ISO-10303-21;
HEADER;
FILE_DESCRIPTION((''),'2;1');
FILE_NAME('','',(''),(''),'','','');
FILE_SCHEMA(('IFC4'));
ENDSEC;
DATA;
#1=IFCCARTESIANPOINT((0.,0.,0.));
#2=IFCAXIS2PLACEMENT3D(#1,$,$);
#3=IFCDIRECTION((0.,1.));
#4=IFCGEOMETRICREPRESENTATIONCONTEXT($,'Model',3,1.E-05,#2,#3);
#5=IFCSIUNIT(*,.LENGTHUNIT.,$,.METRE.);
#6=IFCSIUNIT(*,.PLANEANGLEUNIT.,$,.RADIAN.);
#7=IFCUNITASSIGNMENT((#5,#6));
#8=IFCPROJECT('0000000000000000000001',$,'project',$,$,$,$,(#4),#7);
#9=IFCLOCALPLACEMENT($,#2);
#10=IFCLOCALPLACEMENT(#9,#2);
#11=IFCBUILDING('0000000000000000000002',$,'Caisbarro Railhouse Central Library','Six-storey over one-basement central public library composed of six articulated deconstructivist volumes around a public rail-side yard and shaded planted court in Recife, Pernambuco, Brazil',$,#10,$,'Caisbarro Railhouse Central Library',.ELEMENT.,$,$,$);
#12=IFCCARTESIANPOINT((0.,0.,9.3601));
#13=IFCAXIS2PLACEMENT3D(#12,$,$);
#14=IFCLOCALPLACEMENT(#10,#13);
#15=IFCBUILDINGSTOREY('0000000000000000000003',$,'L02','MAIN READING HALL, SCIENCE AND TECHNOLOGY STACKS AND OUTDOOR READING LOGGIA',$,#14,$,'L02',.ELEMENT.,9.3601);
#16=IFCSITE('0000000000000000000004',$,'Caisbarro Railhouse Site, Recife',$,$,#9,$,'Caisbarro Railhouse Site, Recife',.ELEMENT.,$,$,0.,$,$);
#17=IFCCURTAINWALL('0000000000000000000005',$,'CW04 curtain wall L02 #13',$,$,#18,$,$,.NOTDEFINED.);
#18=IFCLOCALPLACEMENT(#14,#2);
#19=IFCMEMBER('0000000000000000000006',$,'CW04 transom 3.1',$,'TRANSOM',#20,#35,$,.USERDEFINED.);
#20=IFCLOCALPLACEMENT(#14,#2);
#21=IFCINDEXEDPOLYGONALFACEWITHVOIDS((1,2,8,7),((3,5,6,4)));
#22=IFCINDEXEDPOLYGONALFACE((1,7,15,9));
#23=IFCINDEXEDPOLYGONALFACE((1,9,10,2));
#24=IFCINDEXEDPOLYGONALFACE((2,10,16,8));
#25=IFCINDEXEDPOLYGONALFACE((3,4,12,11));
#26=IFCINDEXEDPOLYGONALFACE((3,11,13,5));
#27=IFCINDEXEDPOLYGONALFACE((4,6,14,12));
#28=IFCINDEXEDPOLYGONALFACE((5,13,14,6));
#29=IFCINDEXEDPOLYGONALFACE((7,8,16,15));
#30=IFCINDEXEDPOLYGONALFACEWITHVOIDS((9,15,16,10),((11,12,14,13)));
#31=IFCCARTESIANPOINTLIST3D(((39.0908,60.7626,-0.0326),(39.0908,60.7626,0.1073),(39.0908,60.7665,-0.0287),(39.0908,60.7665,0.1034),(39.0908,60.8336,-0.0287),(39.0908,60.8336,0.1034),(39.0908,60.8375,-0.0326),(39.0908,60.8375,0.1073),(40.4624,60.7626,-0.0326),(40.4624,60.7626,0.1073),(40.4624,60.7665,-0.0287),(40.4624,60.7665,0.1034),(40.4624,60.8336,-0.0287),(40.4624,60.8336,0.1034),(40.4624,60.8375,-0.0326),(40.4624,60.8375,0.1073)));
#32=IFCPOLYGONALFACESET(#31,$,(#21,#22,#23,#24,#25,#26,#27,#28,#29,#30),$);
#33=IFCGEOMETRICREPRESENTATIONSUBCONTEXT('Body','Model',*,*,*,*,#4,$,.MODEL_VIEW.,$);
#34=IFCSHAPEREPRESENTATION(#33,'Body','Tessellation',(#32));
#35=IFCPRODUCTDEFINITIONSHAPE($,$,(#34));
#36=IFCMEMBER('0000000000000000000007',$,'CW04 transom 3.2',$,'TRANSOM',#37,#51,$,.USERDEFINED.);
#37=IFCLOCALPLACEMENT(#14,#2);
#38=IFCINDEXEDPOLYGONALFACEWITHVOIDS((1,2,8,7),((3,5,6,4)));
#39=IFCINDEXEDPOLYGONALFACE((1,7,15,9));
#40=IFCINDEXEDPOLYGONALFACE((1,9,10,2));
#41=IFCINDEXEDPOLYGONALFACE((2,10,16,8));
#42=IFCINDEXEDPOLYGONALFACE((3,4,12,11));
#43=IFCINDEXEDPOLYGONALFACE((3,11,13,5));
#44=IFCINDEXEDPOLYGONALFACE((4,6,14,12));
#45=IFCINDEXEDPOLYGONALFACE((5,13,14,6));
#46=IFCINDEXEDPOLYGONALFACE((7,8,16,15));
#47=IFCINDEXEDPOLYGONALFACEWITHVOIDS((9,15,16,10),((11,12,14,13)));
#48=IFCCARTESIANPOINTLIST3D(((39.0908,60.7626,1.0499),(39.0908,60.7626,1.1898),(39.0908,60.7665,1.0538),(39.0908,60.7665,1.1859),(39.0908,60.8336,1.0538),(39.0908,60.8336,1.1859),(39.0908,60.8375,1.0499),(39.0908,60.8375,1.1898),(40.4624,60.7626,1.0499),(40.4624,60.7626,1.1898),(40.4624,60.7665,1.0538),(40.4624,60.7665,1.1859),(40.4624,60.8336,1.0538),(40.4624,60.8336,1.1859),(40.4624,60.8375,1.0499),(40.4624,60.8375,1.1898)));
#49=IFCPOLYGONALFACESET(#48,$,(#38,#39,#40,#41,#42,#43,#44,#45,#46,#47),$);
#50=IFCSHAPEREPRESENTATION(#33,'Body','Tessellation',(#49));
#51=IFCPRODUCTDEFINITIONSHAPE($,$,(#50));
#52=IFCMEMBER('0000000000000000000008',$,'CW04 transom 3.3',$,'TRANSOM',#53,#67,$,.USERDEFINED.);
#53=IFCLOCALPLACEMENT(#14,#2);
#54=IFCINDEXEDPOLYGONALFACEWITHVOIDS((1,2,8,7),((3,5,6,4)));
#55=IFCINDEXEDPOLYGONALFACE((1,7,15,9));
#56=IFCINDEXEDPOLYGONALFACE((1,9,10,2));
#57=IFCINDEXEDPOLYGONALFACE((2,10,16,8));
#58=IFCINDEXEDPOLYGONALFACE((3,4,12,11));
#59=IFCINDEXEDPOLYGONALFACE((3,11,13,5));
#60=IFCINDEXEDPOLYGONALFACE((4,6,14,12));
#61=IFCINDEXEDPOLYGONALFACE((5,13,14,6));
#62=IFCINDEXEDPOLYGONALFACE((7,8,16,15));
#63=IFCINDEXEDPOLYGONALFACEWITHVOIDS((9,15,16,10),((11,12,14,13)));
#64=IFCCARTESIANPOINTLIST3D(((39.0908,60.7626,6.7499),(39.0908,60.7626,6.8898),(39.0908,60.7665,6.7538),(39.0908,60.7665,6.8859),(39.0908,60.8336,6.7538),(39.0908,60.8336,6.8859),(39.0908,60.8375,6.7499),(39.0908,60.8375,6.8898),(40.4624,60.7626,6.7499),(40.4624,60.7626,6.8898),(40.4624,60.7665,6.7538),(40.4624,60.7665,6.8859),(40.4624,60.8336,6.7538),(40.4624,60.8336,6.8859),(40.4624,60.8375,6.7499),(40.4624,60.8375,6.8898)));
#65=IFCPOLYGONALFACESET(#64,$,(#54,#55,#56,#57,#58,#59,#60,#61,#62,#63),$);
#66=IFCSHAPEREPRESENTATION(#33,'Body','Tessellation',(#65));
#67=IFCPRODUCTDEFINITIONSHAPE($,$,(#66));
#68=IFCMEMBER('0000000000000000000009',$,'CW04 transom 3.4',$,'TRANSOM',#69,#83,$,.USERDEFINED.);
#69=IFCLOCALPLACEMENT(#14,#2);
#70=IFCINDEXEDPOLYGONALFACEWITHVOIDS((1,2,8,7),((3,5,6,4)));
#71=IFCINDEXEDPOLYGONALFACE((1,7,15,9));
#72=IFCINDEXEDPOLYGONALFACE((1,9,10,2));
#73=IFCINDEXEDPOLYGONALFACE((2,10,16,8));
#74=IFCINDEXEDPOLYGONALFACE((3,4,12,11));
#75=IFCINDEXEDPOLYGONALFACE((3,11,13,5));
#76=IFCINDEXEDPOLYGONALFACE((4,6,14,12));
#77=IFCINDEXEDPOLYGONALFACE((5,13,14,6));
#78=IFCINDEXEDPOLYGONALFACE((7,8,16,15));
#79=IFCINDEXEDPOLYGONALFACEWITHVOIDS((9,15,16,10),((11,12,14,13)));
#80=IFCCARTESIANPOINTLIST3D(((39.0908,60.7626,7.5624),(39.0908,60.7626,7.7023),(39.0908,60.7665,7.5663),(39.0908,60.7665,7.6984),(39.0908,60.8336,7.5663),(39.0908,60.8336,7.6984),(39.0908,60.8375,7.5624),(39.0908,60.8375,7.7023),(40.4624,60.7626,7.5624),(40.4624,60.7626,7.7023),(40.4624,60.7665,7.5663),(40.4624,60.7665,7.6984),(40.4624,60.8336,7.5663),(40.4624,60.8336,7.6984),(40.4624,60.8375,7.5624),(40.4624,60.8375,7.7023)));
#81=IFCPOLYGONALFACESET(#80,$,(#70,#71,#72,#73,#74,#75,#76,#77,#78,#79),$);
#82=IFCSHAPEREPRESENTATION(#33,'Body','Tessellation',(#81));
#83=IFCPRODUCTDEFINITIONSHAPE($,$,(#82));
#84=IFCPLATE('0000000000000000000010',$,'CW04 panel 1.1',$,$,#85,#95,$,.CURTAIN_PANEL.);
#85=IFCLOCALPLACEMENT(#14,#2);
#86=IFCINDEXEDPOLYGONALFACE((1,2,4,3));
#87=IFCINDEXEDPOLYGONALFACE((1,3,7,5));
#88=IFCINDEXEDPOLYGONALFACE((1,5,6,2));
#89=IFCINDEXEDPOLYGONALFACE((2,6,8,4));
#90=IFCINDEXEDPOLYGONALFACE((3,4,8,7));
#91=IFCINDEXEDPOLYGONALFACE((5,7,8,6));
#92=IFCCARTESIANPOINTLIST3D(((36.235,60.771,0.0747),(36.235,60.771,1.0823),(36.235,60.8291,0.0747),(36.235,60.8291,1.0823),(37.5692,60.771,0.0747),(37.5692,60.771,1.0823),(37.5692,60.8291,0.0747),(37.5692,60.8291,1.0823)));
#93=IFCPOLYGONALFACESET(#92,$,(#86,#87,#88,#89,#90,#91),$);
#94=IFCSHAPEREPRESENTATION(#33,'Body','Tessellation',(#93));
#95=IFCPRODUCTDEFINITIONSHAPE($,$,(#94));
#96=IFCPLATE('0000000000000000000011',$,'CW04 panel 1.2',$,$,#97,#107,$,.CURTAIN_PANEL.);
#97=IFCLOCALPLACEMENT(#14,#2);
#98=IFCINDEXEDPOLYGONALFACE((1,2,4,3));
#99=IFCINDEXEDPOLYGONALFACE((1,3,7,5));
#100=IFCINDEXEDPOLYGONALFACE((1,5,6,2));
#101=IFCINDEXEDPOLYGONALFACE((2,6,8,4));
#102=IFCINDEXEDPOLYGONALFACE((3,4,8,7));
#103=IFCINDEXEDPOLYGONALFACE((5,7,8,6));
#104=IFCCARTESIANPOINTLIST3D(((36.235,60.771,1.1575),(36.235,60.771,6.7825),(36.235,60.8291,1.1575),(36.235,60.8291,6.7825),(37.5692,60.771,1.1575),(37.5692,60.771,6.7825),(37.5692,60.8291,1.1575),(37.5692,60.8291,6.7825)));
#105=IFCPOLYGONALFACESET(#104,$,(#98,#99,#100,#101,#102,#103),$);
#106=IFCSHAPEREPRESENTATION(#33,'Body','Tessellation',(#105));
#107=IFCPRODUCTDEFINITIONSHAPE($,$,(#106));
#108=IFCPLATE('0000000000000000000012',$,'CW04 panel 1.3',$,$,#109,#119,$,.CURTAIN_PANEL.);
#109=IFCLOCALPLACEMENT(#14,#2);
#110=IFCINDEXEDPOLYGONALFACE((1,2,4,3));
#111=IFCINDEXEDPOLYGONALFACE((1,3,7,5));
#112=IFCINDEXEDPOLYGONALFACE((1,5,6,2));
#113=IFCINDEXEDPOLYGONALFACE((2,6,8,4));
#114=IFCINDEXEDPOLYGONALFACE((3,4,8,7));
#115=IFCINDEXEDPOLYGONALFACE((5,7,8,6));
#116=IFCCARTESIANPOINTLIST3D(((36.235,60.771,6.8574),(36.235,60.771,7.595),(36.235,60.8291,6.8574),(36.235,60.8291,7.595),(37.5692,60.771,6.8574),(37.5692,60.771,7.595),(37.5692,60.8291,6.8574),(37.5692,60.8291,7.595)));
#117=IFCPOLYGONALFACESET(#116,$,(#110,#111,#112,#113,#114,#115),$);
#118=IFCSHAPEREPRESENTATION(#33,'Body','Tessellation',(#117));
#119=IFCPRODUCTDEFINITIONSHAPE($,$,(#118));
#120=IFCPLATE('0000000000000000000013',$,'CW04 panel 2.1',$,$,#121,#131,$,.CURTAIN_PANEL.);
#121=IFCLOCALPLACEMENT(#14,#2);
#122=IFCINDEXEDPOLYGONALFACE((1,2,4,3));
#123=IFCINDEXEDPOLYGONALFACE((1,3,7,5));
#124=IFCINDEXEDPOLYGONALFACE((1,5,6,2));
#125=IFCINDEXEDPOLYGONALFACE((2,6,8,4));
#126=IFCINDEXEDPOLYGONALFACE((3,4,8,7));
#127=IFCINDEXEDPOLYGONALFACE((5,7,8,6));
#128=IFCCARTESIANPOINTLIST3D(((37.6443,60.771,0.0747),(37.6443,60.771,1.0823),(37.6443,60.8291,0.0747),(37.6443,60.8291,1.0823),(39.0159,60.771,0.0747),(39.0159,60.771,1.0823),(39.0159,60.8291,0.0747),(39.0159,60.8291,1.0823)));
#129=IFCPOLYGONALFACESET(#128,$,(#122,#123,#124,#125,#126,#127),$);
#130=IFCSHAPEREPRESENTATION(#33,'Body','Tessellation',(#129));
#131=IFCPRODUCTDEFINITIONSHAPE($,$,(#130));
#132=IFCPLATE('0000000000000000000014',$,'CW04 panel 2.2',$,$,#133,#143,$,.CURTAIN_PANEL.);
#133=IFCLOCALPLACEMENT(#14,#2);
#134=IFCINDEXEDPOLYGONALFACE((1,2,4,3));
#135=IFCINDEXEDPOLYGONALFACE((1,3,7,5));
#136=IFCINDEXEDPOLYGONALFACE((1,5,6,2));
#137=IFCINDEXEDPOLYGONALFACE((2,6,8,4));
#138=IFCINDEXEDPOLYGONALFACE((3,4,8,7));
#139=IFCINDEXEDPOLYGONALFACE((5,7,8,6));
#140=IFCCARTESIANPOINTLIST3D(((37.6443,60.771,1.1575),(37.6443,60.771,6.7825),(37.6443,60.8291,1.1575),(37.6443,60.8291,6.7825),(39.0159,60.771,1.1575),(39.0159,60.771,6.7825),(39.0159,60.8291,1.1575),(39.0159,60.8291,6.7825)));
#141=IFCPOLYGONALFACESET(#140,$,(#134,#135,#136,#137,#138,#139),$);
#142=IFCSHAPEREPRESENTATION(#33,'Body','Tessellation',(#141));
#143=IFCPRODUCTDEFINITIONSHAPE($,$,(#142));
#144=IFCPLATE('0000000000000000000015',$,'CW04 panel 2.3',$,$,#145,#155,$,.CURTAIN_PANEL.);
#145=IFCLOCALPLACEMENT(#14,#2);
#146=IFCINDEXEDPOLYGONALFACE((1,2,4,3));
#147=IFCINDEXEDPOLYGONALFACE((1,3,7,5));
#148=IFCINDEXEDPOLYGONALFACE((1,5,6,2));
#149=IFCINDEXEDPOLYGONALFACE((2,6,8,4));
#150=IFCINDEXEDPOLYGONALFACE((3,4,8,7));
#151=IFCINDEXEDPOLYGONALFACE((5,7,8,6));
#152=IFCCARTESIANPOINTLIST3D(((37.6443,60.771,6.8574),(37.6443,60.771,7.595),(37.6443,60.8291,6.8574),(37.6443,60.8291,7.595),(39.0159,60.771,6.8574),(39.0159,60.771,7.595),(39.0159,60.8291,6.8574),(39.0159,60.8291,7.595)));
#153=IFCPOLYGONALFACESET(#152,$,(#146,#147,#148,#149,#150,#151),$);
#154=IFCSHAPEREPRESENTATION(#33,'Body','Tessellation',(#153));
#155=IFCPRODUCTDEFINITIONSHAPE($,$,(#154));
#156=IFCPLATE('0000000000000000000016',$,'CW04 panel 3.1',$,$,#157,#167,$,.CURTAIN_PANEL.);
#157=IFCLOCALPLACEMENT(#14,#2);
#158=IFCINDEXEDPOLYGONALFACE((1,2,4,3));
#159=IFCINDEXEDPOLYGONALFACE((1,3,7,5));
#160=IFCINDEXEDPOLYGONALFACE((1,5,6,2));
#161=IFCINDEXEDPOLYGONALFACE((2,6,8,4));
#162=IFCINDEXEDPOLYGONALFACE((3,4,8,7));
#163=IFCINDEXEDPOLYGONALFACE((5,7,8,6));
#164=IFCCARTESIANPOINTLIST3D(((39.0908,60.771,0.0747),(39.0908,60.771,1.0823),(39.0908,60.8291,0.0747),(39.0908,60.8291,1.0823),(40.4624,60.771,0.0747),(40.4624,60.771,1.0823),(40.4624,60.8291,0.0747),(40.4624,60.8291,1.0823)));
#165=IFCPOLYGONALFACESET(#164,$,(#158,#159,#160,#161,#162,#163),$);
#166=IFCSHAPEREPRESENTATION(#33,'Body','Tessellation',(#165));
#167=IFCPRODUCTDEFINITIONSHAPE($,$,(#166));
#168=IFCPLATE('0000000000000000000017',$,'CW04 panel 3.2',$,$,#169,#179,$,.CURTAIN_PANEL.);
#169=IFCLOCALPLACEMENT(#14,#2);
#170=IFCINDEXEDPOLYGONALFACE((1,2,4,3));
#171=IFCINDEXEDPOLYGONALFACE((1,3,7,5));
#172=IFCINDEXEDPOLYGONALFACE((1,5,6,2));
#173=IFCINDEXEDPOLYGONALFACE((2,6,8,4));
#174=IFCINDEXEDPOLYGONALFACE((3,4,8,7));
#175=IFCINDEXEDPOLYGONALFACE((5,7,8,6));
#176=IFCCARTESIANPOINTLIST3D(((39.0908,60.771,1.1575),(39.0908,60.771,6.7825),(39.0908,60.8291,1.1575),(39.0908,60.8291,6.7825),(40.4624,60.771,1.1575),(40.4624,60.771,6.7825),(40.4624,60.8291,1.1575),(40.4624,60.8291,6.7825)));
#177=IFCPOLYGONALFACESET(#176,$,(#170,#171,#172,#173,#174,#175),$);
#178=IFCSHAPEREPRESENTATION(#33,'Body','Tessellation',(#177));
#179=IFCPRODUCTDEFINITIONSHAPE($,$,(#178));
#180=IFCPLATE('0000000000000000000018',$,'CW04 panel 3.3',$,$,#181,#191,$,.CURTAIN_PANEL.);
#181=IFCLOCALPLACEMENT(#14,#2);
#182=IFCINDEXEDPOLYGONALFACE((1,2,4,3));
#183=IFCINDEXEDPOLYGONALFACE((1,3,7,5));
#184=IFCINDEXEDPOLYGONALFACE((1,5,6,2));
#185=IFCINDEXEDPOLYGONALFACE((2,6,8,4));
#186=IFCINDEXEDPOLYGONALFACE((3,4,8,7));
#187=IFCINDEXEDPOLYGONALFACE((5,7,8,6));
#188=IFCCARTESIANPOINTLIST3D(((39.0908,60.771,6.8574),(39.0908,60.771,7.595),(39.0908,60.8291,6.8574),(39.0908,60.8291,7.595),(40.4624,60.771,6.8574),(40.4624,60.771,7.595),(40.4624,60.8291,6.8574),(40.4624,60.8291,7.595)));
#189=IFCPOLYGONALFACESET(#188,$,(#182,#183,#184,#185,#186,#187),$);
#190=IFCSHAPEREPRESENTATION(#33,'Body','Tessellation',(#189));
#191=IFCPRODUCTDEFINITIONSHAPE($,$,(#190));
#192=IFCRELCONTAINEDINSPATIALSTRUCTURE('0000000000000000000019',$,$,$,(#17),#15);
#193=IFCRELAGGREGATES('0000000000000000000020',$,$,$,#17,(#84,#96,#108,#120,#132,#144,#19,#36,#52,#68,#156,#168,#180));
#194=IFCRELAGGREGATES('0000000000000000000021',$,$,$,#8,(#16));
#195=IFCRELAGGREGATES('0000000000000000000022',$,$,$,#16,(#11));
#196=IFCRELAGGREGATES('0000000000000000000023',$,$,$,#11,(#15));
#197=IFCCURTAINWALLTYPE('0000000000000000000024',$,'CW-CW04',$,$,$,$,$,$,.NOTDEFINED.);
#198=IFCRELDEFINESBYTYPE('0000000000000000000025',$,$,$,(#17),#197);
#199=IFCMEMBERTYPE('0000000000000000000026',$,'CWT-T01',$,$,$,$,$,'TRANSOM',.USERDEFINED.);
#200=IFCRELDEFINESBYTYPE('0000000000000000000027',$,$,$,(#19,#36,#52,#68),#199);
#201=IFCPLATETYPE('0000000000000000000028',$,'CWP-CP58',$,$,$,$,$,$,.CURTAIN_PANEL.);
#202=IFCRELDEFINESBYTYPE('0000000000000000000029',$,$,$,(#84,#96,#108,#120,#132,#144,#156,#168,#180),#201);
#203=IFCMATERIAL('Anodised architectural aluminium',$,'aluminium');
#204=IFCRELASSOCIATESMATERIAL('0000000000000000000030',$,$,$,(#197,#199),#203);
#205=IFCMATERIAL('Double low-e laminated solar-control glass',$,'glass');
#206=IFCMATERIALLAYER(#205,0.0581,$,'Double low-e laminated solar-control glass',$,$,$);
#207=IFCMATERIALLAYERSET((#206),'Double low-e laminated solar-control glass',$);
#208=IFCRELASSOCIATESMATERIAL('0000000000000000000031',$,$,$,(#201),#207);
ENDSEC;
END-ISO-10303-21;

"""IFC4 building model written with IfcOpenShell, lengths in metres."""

from ifc_helpers import new_model, si_unit, direction, frame, origin, origin_2d, place, context, subcontext, project, spatial, rectangle, hollow_rectangle, extrude, material, layer, layer_set, material_profile, profile_set, type_object, element, aggregate, save


model = new_model("IFC4")

# Units and contexts
model_context = context("Model", 3, precision=1e-05, world=origin(), true_north=direction((0.0, 1.0)))
body_context = subcontext(model_context, "Body", "Model", "MODEL_VIEW")
ifc_project = project(units=[si_unit("LENGTHUNIT", "METRE"), si_unit("PLANEANGLEUNIT", "RADIAN")], contexts=[model_context])

# Site, building, storey
site_placement = place(None, origin())
site = spatial("IfcSite", under=ifc_project, at=site_placement, Name="Caisbarro Railhouse Site, Recife", LongName="Caisbarro Railhouse Site, Recife", CompositionType="ELEMENT", RefElevation=0.0)
building_placement = place(site_placement, origin())
building = spatial("IfcBuilding", under=site, at=building_placement, Name="Caisbarro Railhouse Central Library", Description="Six-storey over one-basement central public library composed of six articulated deconstructivist volumes around a public rail-side yard and shaded planted court in Recife, Pernambuco, Brazil", LongName="Caisbarro Railhouse Central Library", CompositionType="ELEMENT")
storey_placement = place(building_placement, frame((0.0, 0.0, 9.3601)))
storey = spatial("IfcBuildingStorey", under=building, at=storey_placement, Name="L02", Description="MAIN READING HALL, SCIENCE AND TECHNOLOGY STACKS AND OUTDOOR READING LOGGIA", LongName="L02", CompositionType="ELEMENT", Elevation=9.3601)

# Curtain wall, members, plates
ifc_material_1 = material(Name="Anodised architectural aluminium", Category="aluminium")
curtain_wall_type = type_object("IfcCurtainWallType", Name="CW-CW04", PredefinedType="NOTDEFINED", material=ifc_material_1)
curtain_wall_placement = place(storey_placement, origin())
curtain_wall = element("IfcCurtainWall", 1, at=curtain_wall_placement, inside=storey, type_object=curtain_wall_type, Name="CW04 curtain wall L02 #13", PredefinedType="NOTDEFINED")
ifc_material_profile_1 = material_profile(ifc_material_1, hollow_rectangle(XDim=0.075, YDim=0.1399, WallThickness=0.0039, at=origin_2d()), Name="ALU-TRN-75X140")
ifc_profile_set_1 = profile_set([ifc_material_profile_1], Name="Anodised architectural aluminium")
member_type_1 = type_object("IfcMemberType", Name="CWT-T01", ElementType="TRANSOM", PredefinedType="USERDEFINED", material=ifc_profile_set_1)
member_1_placement = place(storey_placement, frame((39.0908, 60.8, 0.0374), z_axis=(1.0, 0.0, 0.0), x_axis=(0.0, 1.0, 0.0)))
member_1 = element("IfcMember", 2, at=member_1_placement, type_object=member_type_1, Name="CW04 transom 3.1", ObjectType="TRANSOM", PredefinedType="USERDEFINED", context=body_context, shape_type="SweptSolid", body=[
    extrude(hollow_rectangle(XDim=0.075, YDim=0.1399, WallThickness=0.0039, at=origin_2d()), origin(), (0.0, 0.0, 1.0), 1.3716),
])
member_2_placement = place(storey_placement, frame((39.0908, 60.8, 1.1199), z_axis=(1.0, 0.0, 0.0), x_axis=(0.0, 1.0, 0.0)))
member_2 = element("IfcMember", 3, at=member_2_placement, type_object=member_type_1, Name="CW04 transom 3.2", ObjectType="TRANSOM", PredefinedType="USERDEFINED", context=body_context, shape_type="SweptSolid", body=[
    extrude(hollow_rectangle(XDim=0.075, YDim=0.1399, WallThickness=0.0039, at=origin_2d()), origin(), (0.0, 0.0, 1.0), 1.3716),
])
member_3_placement = place(storey_placement, frame((39.0908, 60.8, 6.8198), z_axis=(1.0, 0.0, 0.0), x_axis=(0.0, 1.0, 0.0)))
member_3 = element("IfcMember", 4, at=member_3_placement, type_object=member_type_1, Name="CW04 transom 3.3", ObjectType="TRANSOM", PredefinedType="USERDEFINED", context=body_context, shape_type="SweptSolid", body=[
    extrude(hollow_rectangle(XDim=0.075, YDim=0.1399, WallThickness=0.0039, at=origin_2d()), origin(), (0.0, 0.0, 1.0), 1.3716),
])
member_4_placement = place(storey_placement, frame((39.0908, 60.8, 7.6323), z_axis=(1.0, 0.0, 0.0), x_axis=(0.0, 1.0, 0.0)))
member_4 = element("IfcMember", 5, at=member_4_placement, type_object=member_type_1, Name="CW04 transom 3.4", ObjectType="TRANSOM", PredefinedType="USERDEFINED", context=body_context, shape_type="SweptSolid", body=[
    extrude(hollow_rectangle(XDim=0.075, YDim=0.1399, WallThickness=0.0039, at=origin_2d()), origin(), (0.0, 0.0, 1.0), 1.3716),
])
ifc_material_2 = material(Name="Double low-e laminated solar-control glass", Category="glass")
ifc_layer_1 = layer(ifc_material_2, 0.0581, Name="Double low-e laminated solar-control glass")
ifc_layer_set_1 = layer_set([ifc_layer_1], Name="Double low-e laminated solar-control glass")
plate_type_1 = type_object("IfcPlateType", Name="CWP-CP58", PredefinedType="CURTAIN_PANEL", material=ifc_layer_set_1)
plate_1_placement = place(storey_placement, frame((36.9021, 60.8, 0.0747), z_axis=(0.0, 0.0, 1.0), x_axis=(1.0, 0.0, 0.0)))
plate_1 = element("IfcPlate", 6, at=plate_1_placement, type_object=plate_type_1, Name="CW04 panel 1.1", PredefinedType="CURTAIN_PANEL", context=body_context, shape_type="SweptSolid", body=[
    extrude(rectangle(XDim=1.3342, YDim=0.0581, at=origin_2d()), origin(), (0.0, 0.0, 1.0), 1.0076),
])
plate_2_placement = place(storey_placement, frame((36.9021, 60.8, 1.1575), z_axis=(0.0, 0.0, 1.0), x_axis=(1.0, 0.0, 0.0)))
plate_2 = element("IfcPlate", 7, at=plate_2_placement, type_object=plate_type_1, Name="CW04 panel 1.2", PredefinedType="CURTAIN_PANEL", context=body_context, shape_type="SweptSolid", body=[
    extrude(rectangle(XDim=1.3342, YDim=0.0581, at=origin_2d()), origin(), (0.0, 0.0, 1.0), 5.625),
])
plate_3_placement = place(storey_placement, frame((36.9021, 60.8, 6.8574), z_axis=(0.0, 0.0, 1.0), x_axis=(1.0, 0.0, 0.0)))
plate_3 = element("IfcPlate", 8, at=plate_3_placement, type_object=plate_type_1, Name="CW04 panel 1.3", PredefinedType="CURTAIN_PANEL", context=body_context, shape_type="SweptSolid", body=[
    extrude(rectangle(XDim=1.3342, YDim=0.0581, at=origin_2d()), origin(), (0.0, 0.0, 1.0), 0.7375),
])
plate_4_placement = place(storey_placement, frame((38.3301, 60.8, 0.0747), z_axis=(0.0, 0.0, 1.0), x_axis=(1.0, 0.0, 0.0)))
plate_4 = element("IfcPlate", 9, at=plate_4_placement, type_object=plate_type_1, Name="CW04 panel 2.1", PredefinedType="CURTAIN_PANEL", context=body_context, shape_type="SweptSolid", body=[
    extrude(rectangle(XDim=1.3716, YDim=0.0581, at=origin_2d()), origin(), (0.0, 0.0, 1.0), 1.0076),
])
plate_5_placement = place(storey_placement, frame((38.3301, 60.8, 1.1575), z_axis=(0.0, 0.0, 1.0), x_axis=(1.0, 0.0, 0.0)))
plate_5 = element("IfcPlate", 10, at=plate_5_placement, type_object=plate_type_1, Name="CW04 panel 2.2", PredefinedType="CURTAIN_PANEL", context=body_context, shape_type="SweptSolid", body=[
    extrude(rectangle(XDim=1.3716, YDim=0.0581, at=origin_2d()), origin(), (0.0, 0.0, 1.0), 5.625),
])
plate_6_placement = place(storey_placement, frame((38.3301, 60.8, 6.8574), z_axis=(0.0, 0.0, 1.0), x_axis=(1.0, 0.0, 0.0)))
plate_6 = element("IfcPlate", 11, at=plate_6_placement, type_object=plate_type_1, Name="CW04 panel 2.3", PredefinedType="CURTAIN_PANEL", context=body_context, shape_type="SweptSolid", body=[
    extrude(rectangle(XDim=1.3716, YDim=0.0581, at=origin_2d()), origin(), (0.0, 0.0, 1.0), 0.7375),
])
plate_7_placement = place(storey_placement, frame((39.7766, 60.8, 0.0747), z_axis=(0.0, 0.0, 1.0), x_axis=(1.0, 0.0, 0.0)))
plate_7 = element("IfcPlate", 12, at=plate_7_placement, type_object=plate_type_1, Name="CW04 panel 3.1", PredefinedType="CURTAIN_PANEL", context=body_context, shape_type="SweptSolid", body=[
    extrude(rectangle(XDim=1.3716, YDim=0.0581, at=origin_2d()), origin(), (0.0, 0.0, 1.0), 1.0076),
])
plate_8_placement = place(storey_placement, frame((39.7766, 60.8, 1.1575), z_axis=(0.0, 0.0, 1.0), x_axis=(1.0, 0.0, 0.0)))
plate_8 = element("IfcPlate", 13, at=plate_8_placement, type_object=plate_type_1, Name="CW04 panel 3.2", PredefinedType="CURTAIN_PANEL", context=body_context, shape_type="SweptSolid", body=[
    extrude(rectangle(XDim=1.3716, YDim=0.0581, at=origin_2d()), origin(), (0.0, 0.0, 1.0), 5.625),
])
plate_9_placement = place(storey_placement, frame((39.7766, 60.8, 6.8574), z_axis=(0.0, 0.0, 1.0), x_axis=(1.0, 0.0, 0.0)))
plate_9 = element("IfcPlate", 14, at=plate_9_placement, type_object=plate_type_1, Name="CW04 panel 3.3", PredefinedType="CURTAIN_PANEL", context=body_context, shape_type="SweptSolid", body=[
    extrude(rectangle(XDim=1.3716, YDim=0.0581, at=origin_2d()), origin(), (0.0, 0.0, 1.0), 0.7375),
])
aggregate(curtain_wall, [plate_1, plate_2, plate_3, plate_4, plate_5, plate_6, member_1, member_2, member_3, member_4, plate_7, plate_8, plate_9])

save(model, "model.ifc")
